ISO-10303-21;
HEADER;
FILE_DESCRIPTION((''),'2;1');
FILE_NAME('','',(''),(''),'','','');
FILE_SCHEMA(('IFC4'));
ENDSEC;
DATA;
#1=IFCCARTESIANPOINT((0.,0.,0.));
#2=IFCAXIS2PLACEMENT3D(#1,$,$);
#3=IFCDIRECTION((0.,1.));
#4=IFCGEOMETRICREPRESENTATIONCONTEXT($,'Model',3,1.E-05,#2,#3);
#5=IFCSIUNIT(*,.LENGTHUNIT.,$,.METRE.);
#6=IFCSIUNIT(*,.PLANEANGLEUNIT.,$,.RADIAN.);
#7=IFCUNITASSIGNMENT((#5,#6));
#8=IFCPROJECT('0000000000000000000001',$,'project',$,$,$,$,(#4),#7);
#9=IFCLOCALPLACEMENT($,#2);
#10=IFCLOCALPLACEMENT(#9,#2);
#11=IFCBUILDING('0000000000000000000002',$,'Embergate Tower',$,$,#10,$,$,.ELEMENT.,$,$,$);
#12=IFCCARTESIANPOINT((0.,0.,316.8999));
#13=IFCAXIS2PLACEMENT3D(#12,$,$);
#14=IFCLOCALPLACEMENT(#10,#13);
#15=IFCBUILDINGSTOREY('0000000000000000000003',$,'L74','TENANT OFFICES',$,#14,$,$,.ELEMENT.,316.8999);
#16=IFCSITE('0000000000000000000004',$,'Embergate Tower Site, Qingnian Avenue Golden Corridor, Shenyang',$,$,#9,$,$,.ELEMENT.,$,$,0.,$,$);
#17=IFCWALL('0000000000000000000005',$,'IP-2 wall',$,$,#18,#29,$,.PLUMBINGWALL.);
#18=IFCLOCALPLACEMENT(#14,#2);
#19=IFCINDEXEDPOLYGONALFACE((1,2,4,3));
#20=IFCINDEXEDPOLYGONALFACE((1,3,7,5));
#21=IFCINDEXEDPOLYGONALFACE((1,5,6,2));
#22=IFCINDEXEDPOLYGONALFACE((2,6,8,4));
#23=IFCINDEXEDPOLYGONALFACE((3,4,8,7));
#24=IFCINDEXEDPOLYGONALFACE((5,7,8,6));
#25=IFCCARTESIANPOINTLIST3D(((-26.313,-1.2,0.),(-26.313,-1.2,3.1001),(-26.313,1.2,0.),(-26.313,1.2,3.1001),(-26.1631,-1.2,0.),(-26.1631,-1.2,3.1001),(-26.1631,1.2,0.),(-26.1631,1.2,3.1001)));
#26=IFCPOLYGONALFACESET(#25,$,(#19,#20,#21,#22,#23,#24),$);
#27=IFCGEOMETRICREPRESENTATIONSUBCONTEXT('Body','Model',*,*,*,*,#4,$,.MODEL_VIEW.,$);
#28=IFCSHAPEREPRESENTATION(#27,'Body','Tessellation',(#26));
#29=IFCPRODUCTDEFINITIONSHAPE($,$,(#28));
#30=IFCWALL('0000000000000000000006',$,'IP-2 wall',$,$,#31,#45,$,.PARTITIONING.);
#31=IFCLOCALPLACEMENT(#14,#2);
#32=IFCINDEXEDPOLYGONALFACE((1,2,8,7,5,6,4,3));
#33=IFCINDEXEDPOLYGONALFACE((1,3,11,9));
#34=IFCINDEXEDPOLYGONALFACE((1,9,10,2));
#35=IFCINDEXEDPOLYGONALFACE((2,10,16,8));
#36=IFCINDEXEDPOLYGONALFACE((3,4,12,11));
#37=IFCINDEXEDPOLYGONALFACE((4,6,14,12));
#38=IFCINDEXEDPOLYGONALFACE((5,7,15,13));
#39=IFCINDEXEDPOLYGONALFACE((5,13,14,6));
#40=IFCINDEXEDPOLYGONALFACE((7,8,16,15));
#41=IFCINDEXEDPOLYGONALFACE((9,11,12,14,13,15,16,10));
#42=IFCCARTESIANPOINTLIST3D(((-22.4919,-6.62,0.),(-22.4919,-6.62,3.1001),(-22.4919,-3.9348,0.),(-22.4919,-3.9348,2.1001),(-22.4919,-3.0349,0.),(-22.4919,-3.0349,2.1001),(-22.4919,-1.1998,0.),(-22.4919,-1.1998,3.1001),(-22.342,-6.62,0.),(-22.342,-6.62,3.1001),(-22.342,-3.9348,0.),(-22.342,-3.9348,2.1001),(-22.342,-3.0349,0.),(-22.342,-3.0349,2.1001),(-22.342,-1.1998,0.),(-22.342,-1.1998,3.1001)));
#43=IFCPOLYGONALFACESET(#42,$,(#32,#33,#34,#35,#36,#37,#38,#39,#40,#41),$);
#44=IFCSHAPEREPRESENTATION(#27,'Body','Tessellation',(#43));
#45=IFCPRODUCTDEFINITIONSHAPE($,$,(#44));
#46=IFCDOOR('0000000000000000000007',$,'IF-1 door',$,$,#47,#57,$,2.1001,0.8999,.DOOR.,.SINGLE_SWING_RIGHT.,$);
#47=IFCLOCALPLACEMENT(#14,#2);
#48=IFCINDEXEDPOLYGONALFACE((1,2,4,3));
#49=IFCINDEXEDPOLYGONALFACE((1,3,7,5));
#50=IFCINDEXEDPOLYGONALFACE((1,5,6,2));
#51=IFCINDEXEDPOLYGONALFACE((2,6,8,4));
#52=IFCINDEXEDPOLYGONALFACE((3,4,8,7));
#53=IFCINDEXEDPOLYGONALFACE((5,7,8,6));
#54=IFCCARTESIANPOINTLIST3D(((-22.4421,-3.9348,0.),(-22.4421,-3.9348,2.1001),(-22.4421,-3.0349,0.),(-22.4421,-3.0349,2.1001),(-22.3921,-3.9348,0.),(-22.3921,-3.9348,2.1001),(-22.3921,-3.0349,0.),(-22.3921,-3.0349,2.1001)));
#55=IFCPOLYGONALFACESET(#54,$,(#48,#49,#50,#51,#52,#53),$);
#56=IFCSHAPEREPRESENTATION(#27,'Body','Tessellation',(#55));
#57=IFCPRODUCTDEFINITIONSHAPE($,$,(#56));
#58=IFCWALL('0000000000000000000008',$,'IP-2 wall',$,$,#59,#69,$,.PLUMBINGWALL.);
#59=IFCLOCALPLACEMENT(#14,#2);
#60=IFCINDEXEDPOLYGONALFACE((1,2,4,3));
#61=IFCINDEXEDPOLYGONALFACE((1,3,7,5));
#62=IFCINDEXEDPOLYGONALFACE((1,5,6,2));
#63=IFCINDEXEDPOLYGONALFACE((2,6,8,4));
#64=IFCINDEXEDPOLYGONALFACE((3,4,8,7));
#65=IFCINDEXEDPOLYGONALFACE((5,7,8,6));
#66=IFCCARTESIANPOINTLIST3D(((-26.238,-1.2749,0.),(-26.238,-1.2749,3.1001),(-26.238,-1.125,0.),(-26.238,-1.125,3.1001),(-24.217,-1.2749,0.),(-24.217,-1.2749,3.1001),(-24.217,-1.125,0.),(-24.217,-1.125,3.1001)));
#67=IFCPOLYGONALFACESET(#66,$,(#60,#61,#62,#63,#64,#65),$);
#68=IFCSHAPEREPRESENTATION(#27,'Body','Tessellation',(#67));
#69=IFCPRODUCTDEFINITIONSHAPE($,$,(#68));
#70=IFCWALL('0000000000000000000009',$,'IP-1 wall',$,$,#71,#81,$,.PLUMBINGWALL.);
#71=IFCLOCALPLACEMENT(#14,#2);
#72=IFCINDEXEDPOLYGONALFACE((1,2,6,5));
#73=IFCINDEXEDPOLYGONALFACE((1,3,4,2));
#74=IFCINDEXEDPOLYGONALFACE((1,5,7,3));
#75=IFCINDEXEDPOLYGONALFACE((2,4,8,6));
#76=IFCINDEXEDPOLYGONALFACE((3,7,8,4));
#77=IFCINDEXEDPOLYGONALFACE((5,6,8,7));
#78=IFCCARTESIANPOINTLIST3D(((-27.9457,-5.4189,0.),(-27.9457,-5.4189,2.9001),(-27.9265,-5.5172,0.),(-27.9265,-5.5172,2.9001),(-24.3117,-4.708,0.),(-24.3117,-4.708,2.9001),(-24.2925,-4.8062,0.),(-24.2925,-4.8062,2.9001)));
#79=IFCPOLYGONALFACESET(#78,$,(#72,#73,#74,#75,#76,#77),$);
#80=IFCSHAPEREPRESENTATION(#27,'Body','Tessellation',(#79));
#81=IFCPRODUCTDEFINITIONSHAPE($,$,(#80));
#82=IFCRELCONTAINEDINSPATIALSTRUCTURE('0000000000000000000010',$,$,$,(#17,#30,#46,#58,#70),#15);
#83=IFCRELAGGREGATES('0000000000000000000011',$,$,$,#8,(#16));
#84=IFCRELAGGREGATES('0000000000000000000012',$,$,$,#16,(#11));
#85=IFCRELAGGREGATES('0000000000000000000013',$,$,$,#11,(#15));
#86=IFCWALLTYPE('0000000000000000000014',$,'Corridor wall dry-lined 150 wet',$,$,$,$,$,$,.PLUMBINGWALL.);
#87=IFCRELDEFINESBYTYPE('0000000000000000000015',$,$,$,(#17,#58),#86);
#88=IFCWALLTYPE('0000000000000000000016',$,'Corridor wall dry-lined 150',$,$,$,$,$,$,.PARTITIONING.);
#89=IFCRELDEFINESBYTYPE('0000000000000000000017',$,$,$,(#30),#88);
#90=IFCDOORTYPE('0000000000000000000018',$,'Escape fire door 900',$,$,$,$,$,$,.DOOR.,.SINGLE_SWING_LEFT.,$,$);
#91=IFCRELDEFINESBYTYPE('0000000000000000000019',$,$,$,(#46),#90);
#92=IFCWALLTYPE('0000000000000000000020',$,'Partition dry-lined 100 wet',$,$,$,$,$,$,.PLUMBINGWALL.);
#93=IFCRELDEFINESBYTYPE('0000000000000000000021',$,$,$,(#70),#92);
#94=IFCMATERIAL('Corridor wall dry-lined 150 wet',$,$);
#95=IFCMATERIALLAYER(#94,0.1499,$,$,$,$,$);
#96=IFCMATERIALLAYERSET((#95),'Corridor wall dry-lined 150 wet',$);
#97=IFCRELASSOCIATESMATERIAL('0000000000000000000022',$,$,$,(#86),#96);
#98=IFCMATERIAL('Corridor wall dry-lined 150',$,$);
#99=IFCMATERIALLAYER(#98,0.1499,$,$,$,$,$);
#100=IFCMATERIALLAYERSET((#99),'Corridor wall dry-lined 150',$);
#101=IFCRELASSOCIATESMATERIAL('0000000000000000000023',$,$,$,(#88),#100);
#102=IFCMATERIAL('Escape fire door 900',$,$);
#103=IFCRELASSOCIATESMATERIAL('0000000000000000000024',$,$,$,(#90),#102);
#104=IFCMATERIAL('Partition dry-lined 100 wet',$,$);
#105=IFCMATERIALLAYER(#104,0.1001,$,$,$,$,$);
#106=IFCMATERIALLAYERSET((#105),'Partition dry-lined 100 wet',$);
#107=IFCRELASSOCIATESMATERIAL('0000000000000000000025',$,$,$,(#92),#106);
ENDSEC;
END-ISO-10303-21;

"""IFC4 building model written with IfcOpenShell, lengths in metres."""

from ifc_helpers import new_model, si_unit, direction, frame, frame_2d, origin, place, context, subcontext, project, spatial, rectangle, extrude, source, transform, mapped, material, layer, layer_set, type_object, element, fill, save


model = new_model("IFC4")

# Units and contexts
model_context = context("Model", 3, precision=1e-05, world=origin(), true_north=direction((0.0, 1.0)))
body_context = subcontext(model_context, "Body", "Model", "MODEL_VIEW")
ifc_project = project(units=[si_unit("LENGTHUNIT", "METRE"), si_unit("PLANEANGLEUNIT", "RADIAN")], contexts=[model_context])

# Site, building, storey
site_placement = place(None, origin())
site = spatial("IfcSite", under=ifc_project, at=site_placement, Name="Embergate Tower Site, Qingnian Avenue Golden Corridor, Shenyang", CompositionType="ELEMENT", RefElevation=0.0)
building_placement = place(site_placement, origin())
building = spatial("IfcBuilding", under=site, at=building_placement, Name="Embergate Tower", CompositionType="ELEMENT")
storey_placement = place(building_placement, frame((0.0, 0.0, 316.8999)))
storey = spatial("IfcBuildingStorey", under=building, at=storey_placement, Name="L74", Description="TENANT OFFICES", CompositionType="ELEMENT", Elevation=316.8999)

# Wall
ifc_material_1 = material(Name="Corridor wall dry-lined 150 wet")
ifc_layer_1 = layer(ifc_material_1, 0.1499)
ifc_layer_set_1 = layer_set([ifc_layer_1], Name="Corridor wall dry-lined 150 wet")
wall_type_1 = type_object("IfcWallType", Name="Corridor wall dry-lined 150 wet", PredefinedType="PLUMBINGWALL", material=ifc_layer_set_1)
shared_shape_1 = source(origin(), body_context, "Body", "SweptSolid", [
    extrude(rectangle(XDim=2.3999, YDim=0.1499, at=frame_2d((1.2, 0.0))), origin(), (0.0, 0.0, 1.0), 3.1001),
])
wall_1_placement = place(storey_placement, frame((-26.238, -1.2, 0.0), z_axis=(0.0, 0.0, 1.0), x_axis=(0.0, 1.0, 0.0)))
element("IfcWall", 1, at=wall_1_placement, inside=storey, type_object=wall_type_1, Name="IP-2 wall", PredefinedType="PLUMBINGWALL", context=body_context, shape_type="MappedRepresentation", body=[
    mapped(shared_shape_1, transform((0.0, 0.0, 0.0))),
])

# Wall, opening, door
ifc_material_2 = material(Name="Corridor wall dry-lined 150")
ifc_layer_2 = layer(ifc_material_2, 0.1499)
ifc_layer_set_2 = layer_set([ifc_layer_2], Name="Corridor wall dry-lined 150")
wall_type_2 = type_object("IfcWallType", Name="Corridor wall dry-lined 150", PredefinedType="PARTITIONING", material=ifc_layer_set_2)
shared_shape_2 = source(origin(), body_context, "Body", "SweptSolid", [
    extrude(rectangle(XDim=5.4202, YDim=0.1499, at=frame_2d((2.71, 0.0))), origin(), (0.0, 0.0, 1.0), 3.1001),
])
wall_2_placement = place(storey_placement, frame((-22.417, -1.2, 0.0), z_axis=(0.0, 0.0, 1.0), x_axis=(0.0, -1.0, 0.0)))
wall_2 = element("IfcWall", 2, at=wall_2_placement, inside=storey, type_object=wall_type_2, Name="IP-2 wall", PredefinedType="PARTITIONING", context=body_context, shape_type="MappedRepresentation", body=[
    mapped(shared_shape_2, transform((0.0, 0.0, 0.0))),
])
shared_shape_3 = source(origin(), body_context, "Body", "SweptSolid", [
    extrude(rectangle(XDim=0.8999, YDim=2.1001, at=frame_2d((0.45, 1.05))), frame((0.0, 0.085, 0.0), z_axis=(0.0, -1.0, 0.0), x_axis=(1.0, 0.0, 0.0)), (0.0, 0.0, 1.0), 0.1699),
])
opening_placement = place(wall_2_placement, frame((1.835, 0.0, 0.0)))
opening = element("IfcOpeningElement", 3, at=opening_placement, cuts=wall_2, PredefinedType="OPENING", context=body_context, shape_type="MappedRepresentation", body=[
    mapped(shared_shape_3, transform((0.0, 0.0, 0.0))),
])
ifc_material_3 = material(Name="Escape fire door 900")
door_type = type_object("IfcDoorType", Name="Escape fire door 900", OperationType="SINGLE_SWING_LEFT", PredefinedType="DOOR", material=ifc_material_3)
shared_shape_4 = source(origin(), body_context, "Body", "SweptSolid", [
    extrude(rectangle(XDim=0.8999, YDim=2.1001, at=frame_2d((0.45, 1.05))), frame((0.0, 0.0249, 0.0), z_axis=(0.0, -1.0, 0.0), x_axis=(1.0, 0.0, 0.0)), (0.0, 0.0, 1.0), 0.05),
])
door_placement = place(opening_placement, origin())
door = element("IfcDoor", 4, at=door_placement, inside=storey, type_object=door_type, Name="IF-1 door", OperationType="SINGLE_SWING_RIGHT", OverallHeight=2.1001, OverallWidth=0.8999, PredefinedType="DOOR", context=body_context, shape_type="MappedRepresentation", body=[
    mapped(shared_shape_4, transform((0.0, 0.0, 0.0))),
])
fill(opening, door)

# Walls
shared_shape_5 = source(origin(), body_context, "Body", "SweptSolid", [
    extrude(rectangle(XDim=2.021, YDim=0.1499, at=frame_2d((1.0105, 0.0))), origin(), (0.0, 0.0, 1.0), 3.1001),
])
wall_3_placement = place(storey_placement, frame((-24.217, -1.2, 0.0), z_axis=(0.0, 0.0, 1.0), x_axis=(-1.0, 0.0, 0.0)))
element("IfcWall", 5, at=wall_3_placement, inside=storey, type_object=wall_type_1, Name="IP-2 wall", PredefinedType="PLUMBINGWALL", context=body_context, shape_type="MappedRepresentation", body=[
    mapped(shared_shape_5, transform((0.0, 0.0, 0.0))),
])
ifc_material_4 = material(Name="Partition dry-lined 100 wet")
ifc_layer_3 = layer(ifc_material_4, 0.1001)
ifc_layer_set_3 = layer_set([ifc_layer_3], Name="Partition dry-lined 100 wet")
wall_type_3 = type_object("IfcWallType", Name="Partition dry-lined 100 wet", PredefinedType="PLUMBINGWALL", material=ifc_layer_set_3)
shared_shape_6 = source(origin(), body_context, "Body", "SweptSolid", [
    extrude(rectangle(XDim=3.7029, YDim=0.1001, at=frame_2d((1.8516, 0.0))), origin(), (0.0, 0.0, 1.0), 2.9001),
])
wall_4_placement = place(storey_placement, frame((-24.302, -4.7571, 0.0), z_axis=(0.0, 0.0, 1.0), x_axis=(-0.981396, -0.191994, 0.0)))
element("IfcWall", 6, at=wall_4_placement, inside=storey, type_object=wall_type_3, Name="IP-1 wall", PredefinedType="PLUMBINGWALL", context=body_context, shape_type="MappedRepresentation", body=[
    mapped(shared_shape_6, transform((0.0, 0.0, 0.0))),
])

save(model, "model.ifc")
